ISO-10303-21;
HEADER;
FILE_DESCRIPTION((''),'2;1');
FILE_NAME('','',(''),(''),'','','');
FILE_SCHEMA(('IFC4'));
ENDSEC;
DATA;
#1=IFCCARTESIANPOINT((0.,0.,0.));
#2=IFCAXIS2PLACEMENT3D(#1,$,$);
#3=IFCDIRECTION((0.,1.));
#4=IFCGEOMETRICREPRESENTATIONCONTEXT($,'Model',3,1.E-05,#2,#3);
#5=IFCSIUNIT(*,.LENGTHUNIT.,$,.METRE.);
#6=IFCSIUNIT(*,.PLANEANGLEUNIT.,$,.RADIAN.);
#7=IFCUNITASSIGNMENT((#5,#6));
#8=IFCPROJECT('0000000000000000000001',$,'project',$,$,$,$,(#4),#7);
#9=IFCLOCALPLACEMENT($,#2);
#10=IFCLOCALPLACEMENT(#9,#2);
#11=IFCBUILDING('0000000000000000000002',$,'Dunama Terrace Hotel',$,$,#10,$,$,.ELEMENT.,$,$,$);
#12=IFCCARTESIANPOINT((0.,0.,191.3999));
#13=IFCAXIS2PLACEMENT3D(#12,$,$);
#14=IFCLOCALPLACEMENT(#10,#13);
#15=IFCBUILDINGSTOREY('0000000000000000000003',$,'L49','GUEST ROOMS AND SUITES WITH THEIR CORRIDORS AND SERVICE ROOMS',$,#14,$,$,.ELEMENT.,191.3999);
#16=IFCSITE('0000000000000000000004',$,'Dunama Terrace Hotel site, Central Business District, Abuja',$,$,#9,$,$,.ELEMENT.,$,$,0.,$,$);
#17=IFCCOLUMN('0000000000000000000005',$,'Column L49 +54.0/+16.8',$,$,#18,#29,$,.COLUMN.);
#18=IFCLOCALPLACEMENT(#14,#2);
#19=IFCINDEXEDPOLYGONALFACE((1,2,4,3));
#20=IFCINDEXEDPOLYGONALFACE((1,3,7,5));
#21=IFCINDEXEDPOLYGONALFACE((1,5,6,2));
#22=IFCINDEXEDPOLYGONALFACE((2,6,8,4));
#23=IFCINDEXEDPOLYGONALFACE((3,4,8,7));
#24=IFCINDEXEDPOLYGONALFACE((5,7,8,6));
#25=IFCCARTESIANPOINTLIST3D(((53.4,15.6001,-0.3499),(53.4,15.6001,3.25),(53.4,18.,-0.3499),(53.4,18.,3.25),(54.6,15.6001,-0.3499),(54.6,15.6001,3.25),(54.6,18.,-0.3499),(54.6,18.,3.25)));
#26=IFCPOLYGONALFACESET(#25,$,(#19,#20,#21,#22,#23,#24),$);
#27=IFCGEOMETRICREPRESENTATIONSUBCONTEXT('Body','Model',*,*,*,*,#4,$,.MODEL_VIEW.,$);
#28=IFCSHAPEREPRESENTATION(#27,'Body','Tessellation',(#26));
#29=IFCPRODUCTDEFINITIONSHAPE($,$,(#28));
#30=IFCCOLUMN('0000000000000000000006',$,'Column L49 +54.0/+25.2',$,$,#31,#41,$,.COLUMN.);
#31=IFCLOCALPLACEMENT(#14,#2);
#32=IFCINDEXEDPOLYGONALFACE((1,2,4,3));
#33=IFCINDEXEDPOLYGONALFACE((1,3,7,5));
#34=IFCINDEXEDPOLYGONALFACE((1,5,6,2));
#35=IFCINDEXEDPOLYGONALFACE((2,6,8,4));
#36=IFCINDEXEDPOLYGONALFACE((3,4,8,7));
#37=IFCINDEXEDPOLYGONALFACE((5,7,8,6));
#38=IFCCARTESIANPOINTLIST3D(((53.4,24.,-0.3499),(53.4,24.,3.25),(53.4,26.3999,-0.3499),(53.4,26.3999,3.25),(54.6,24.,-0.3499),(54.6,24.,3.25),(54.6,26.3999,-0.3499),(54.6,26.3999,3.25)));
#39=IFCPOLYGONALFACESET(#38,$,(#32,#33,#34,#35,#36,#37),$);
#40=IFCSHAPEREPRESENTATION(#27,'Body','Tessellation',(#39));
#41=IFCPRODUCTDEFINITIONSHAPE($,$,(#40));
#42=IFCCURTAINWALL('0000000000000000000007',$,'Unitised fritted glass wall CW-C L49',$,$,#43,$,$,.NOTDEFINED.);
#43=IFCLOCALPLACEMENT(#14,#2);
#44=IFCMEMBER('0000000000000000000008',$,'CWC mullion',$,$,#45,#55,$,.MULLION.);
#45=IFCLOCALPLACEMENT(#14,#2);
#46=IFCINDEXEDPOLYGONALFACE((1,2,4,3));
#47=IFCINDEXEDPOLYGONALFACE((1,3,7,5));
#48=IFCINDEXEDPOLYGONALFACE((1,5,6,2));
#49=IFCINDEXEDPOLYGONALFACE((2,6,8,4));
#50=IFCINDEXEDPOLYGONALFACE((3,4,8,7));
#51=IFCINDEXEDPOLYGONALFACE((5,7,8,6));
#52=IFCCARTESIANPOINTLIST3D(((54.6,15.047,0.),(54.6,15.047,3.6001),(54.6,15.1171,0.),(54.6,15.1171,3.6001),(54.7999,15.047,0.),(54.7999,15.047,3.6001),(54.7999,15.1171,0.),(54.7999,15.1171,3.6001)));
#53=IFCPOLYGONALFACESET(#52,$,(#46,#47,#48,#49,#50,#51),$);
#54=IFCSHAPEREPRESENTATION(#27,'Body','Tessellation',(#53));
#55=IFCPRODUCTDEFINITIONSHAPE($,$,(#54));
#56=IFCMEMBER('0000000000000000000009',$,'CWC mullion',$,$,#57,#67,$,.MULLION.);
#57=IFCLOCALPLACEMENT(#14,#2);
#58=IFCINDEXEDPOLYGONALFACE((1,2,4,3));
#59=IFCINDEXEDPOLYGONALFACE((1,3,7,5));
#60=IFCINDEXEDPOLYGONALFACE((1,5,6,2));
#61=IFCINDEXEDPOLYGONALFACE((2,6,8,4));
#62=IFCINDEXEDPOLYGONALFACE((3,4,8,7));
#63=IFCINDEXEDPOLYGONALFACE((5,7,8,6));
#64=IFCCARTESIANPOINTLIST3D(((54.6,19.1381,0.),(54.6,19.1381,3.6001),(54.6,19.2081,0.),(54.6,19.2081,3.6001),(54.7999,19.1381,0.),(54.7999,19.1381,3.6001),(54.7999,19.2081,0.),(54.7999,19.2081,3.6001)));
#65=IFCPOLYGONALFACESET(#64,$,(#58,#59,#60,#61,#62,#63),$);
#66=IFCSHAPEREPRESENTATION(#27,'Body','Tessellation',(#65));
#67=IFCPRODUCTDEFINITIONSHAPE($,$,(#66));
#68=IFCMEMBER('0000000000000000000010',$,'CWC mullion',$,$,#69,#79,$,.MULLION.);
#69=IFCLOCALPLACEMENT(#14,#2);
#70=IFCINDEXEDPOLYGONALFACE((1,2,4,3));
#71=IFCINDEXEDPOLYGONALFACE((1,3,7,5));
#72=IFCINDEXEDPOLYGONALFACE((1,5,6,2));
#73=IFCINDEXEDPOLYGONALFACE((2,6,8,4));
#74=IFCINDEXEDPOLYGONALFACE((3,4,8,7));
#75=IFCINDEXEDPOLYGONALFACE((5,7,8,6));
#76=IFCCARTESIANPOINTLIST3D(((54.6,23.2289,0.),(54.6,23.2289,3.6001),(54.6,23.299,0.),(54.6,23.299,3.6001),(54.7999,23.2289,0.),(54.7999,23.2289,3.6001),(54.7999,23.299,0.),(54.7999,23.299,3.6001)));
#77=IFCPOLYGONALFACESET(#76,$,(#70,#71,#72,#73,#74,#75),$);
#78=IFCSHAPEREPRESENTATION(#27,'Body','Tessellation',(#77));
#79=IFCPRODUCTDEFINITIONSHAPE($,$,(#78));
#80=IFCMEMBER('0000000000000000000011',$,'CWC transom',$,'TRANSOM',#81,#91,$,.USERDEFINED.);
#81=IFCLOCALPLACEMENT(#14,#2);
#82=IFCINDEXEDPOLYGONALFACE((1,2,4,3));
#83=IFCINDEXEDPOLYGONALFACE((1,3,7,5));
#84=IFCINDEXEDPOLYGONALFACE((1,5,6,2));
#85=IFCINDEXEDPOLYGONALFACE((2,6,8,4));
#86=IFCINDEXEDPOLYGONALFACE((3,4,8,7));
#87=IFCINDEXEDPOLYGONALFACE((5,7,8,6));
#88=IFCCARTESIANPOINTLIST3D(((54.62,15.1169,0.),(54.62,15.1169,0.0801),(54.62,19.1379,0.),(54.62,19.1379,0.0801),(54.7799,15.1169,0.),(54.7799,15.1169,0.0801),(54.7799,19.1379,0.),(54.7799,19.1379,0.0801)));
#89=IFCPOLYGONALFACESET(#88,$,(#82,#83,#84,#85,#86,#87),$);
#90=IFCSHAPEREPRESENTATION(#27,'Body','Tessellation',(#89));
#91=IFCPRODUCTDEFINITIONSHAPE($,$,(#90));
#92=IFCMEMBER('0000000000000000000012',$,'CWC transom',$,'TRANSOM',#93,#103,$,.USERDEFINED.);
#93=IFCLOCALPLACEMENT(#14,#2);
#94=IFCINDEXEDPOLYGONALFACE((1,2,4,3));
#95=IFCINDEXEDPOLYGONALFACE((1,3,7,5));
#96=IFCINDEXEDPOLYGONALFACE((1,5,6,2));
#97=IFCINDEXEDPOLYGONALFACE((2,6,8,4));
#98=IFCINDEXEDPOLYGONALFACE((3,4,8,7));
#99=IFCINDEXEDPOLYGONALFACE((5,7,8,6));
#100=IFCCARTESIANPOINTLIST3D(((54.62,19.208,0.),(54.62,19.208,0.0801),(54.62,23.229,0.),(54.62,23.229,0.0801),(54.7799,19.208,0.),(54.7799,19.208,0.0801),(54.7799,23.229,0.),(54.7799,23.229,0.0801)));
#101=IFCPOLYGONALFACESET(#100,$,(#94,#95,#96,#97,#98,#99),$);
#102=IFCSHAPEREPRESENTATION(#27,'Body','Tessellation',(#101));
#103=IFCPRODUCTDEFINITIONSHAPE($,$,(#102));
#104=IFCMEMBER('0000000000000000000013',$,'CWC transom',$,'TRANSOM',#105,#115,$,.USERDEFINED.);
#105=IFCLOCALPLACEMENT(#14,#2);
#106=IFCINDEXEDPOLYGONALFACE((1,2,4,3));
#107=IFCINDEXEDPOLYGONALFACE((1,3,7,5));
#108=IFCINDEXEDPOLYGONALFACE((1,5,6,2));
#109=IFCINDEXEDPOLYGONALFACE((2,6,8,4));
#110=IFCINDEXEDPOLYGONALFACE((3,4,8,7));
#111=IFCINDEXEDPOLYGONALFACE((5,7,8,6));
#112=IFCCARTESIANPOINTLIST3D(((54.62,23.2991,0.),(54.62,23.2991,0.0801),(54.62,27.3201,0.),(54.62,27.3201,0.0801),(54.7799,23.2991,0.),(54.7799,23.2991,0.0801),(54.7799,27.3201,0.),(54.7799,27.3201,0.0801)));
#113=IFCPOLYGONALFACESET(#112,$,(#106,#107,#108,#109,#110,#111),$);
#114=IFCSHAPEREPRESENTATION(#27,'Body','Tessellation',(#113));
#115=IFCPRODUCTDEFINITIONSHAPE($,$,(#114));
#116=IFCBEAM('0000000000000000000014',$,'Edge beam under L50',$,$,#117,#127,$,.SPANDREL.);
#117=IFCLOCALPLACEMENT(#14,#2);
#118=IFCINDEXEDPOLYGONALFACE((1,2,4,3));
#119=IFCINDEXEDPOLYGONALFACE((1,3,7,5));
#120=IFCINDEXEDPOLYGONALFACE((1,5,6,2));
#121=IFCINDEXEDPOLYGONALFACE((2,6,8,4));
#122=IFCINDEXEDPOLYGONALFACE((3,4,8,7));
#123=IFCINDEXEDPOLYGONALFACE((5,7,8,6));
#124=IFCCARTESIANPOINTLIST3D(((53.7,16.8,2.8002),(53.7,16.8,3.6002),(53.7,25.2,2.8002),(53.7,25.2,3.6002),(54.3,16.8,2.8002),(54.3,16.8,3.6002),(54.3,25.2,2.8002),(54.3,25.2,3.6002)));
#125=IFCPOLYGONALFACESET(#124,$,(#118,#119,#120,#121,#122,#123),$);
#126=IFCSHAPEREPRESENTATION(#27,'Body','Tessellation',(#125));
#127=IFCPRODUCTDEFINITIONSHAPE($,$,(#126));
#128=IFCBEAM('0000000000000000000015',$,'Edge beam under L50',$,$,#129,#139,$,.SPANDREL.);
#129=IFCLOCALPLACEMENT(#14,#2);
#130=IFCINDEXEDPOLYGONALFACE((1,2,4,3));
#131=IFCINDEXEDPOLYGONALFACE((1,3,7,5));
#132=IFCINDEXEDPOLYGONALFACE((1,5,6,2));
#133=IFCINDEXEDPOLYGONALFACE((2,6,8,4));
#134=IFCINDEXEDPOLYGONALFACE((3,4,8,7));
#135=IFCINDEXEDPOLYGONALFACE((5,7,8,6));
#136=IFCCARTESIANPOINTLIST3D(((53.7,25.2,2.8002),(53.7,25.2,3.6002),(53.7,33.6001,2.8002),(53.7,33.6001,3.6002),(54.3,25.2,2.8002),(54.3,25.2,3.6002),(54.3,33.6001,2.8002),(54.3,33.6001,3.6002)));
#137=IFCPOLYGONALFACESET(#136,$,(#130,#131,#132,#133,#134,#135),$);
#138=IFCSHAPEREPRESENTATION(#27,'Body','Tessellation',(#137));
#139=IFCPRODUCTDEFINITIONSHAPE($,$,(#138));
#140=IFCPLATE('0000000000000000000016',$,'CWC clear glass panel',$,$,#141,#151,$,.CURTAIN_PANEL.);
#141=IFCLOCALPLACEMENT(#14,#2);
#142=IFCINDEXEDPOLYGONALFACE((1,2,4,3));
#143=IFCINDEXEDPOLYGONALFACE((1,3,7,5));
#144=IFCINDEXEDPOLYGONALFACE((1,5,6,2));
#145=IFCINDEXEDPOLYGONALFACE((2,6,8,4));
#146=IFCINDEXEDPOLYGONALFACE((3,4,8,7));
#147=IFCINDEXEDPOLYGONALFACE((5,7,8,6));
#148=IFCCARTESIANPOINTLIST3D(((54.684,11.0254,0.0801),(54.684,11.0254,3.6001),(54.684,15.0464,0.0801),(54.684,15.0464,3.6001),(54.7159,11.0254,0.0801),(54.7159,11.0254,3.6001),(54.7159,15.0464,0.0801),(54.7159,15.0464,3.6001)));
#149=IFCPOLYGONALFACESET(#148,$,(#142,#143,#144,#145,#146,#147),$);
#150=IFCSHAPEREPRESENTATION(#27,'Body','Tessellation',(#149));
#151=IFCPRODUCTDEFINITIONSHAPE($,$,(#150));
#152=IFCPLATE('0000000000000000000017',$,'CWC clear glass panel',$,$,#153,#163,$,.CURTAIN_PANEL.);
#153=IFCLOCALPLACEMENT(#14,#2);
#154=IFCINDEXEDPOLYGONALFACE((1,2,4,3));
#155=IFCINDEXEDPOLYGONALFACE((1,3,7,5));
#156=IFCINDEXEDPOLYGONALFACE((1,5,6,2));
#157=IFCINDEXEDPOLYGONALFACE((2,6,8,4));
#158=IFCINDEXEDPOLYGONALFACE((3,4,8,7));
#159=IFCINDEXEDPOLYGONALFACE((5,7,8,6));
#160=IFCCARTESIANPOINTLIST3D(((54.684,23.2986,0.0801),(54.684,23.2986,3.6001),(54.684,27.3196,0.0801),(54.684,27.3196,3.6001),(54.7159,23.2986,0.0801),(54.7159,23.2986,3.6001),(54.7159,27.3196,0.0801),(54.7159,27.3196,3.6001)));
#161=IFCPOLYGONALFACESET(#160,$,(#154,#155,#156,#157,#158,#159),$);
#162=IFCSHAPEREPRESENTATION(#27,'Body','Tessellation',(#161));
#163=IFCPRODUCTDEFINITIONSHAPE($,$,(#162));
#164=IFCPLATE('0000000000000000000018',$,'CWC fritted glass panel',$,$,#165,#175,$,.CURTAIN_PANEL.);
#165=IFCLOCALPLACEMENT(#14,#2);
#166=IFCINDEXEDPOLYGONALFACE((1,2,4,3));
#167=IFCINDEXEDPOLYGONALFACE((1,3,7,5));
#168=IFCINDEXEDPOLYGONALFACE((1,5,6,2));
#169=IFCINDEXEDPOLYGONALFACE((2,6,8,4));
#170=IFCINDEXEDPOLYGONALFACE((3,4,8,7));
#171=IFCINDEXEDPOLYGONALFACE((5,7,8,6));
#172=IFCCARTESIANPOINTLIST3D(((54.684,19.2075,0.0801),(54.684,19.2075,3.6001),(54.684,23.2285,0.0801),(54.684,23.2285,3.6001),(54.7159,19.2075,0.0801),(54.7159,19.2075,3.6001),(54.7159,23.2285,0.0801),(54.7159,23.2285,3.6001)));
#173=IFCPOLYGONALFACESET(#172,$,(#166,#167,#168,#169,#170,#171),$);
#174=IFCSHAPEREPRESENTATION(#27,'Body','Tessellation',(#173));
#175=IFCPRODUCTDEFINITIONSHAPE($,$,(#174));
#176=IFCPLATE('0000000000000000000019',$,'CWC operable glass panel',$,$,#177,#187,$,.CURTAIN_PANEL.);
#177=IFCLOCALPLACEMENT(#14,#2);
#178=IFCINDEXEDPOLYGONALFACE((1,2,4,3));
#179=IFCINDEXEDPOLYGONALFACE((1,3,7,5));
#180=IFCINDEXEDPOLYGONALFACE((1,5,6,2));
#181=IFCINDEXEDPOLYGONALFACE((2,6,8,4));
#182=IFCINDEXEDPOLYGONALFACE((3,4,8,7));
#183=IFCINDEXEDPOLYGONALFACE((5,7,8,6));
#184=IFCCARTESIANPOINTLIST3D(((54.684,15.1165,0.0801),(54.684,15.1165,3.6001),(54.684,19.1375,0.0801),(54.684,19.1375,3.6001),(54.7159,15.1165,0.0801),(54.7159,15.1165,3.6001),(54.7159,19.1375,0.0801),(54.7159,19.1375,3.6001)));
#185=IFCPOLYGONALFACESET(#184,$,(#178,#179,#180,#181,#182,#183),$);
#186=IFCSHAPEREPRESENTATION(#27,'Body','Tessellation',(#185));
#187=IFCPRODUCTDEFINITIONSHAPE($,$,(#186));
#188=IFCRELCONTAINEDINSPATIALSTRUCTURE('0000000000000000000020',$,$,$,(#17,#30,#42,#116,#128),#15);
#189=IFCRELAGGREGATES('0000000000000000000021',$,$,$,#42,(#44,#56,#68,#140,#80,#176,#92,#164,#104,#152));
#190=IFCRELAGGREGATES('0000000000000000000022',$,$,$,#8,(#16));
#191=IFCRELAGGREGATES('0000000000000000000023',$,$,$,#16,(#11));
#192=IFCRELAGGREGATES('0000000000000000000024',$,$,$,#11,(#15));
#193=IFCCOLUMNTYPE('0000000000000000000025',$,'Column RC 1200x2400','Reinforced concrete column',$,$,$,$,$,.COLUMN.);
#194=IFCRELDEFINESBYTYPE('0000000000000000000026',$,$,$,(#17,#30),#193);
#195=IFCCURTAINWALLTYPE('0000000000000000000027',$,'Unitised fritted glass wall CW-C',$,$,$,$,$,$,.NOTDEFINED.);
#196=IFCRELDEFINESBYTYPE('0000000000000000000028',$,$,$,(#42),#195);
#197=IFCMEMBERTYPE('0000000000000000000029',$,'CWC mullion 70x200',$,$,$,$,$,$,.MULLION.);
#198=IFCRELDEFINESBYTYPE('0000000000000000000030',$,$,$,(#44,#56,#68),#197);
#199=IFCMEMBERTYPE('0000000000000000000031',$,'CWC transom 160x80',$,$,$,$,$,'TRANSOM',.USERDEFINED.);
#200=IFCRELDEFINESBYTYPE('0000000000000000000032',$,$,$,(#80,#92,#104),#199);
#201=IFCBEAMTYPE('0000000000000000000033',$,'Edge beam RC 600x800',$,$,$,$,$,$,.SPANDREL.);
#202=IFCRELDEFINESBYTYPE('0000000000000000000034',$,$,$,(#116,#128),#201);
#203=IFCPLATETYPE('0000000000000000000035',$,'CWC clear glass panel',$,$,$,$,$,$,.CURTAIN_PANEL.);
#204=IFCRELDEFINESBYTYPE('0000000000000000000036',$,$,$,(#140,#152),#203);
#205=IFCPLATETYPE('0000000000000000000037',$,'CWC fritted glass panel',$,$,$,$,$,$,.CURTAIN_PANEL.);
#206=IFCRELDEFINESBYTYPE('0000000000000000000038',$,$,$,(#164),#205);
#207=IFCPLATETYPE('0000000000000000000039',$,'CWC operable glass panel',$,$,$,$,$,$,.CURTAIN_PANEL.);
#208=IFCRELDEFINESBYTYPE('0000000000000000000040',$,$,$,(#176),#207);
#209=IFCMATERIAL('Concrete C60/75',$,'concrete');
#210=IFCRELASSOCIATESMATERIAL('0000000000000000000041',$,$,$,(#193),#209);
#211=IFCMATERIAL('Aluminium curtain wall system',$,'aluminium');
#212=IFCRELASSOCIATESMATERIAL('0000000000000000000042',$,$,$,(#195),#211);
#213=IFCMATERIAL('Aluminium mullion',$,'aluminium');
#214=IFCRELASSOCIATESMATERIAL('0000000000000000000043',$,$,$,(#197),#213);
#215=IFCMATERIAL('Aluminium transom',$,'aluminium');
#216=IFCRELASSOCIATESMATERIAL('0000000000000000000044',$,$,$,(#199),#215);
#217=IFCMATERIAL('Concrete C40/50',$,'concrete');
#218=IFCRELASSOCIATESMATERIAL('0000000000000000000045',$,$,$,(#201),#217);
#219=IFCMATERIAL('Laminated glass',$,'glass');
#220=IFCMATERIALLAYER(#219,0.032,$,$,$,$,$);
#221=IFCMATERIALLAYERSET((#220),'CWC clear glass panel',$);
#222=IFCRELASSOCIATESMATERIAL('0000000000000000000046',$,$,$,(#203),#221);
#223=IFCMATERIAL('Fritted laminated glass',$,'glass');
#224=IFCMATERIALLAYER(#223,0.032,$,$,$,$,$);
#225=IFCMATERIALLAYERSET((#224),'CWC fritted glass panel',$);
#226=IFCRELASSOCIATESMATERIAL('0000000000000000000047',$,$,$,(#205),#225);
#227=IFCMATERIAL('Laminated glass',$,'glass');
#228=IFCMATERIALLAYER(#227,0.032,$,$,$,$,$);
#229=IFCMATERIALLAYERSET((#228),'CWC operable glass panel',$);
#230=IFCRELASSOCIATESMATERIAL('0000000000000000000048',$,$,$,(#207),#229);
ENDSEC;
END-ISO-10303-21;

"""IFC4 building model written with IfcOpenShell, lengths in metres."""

from ifc_helpers import new_model, si_unit, direction, frame, origin, origin_2d, place, context, subcontext, project, spatial, rectangle, extrude, material, layer, layer_set, material_profile, profile_set, type_object, element, aggregate, save


model = new_model("IFC4")

# Units and contexts
model_context = context("Model", 3, precision=1e-05, world=origin(), true_north=direction((0.0, 1.0)))
body_context = subcontext(model_context, "Body", "Model", "MODEL_VIEW")
ifc_project = project(units=[si_unit("LENGTHUNIT", "METRE"), si_unit("PLANEANGLEUNIT", "RADIAN")], contexts=[model_context])

# Site, building, storey
site_placement = place(None, origin())
site = spatial("IfcSite", under=ifc_project, at=site_placement, Name="Dunama Terrace Hotel site, Central Business District, Abuja", CompositionType="ELEMENT", RefElevation=0.0)
building_placement = place(site_placement, origin())
building = spatial("IfcBuilding", under=site, at=building_placement, Name="Dunama Terrace Hotel", CompositionType="ELEMENT")
storey_placement = place(building_placement, frame((0.0, 0.0, 191.3999)))
storey = spatial("IfcBuildingStorey", under=building, at=storey_placement, Name="L49", Description="GUEST ROOMS AND SUITES WITH THEIR CORRIDORS AND SERVICE ROOMS", CompositionType="ELEMENT", Elevation=191.3999)

# Columns
ifc_material_1 = material(Name="Concrete C60/75", Category="concrete")
ifc_material_profile_1 = material_profile(ifc_material_1, rectangle(XDim=1.2, YDim=2.3999, at=origin_2d()), Name="RC 1200x2400")
ifc_profile_set_1 = profile_set([ifc_material_profile_1], Name="Concrete C60/75")
column_type = type_object("IfcColumnType", Name="Column RC 1200x2400", Description="Reinforced concrete column", PredefinedType="COLUMN", material=ifc_profile_set_1)
for number, where, z_axis, x_axis, name in (
    (1, (54.0, 16.8, -0.3499), (0.0, 0.0, 1.0), (1.0, 0.0, 0.0), "Column L49 +54.0/+16.8"),
    (2, (54.0, 25.2, -0.3499), (0.0, 0.0, 1.0), (1.0, 0.0, 0.0), "Column L49 +54.0/+25.2"),
):
    element("IfcColumn", number, at=place(storey_placement, frame(where, z_axis=z_axis, x_axis=x_axis)), inside=storey, type_object=column_type, Name=name, PredefinedType="COLUMN", context=body_context, shape_type="SweptSolid", body=[
        extrude(rectangle(XDim=1.2, YDim=2.3999, at=origin_2d()), origin(), (0.0, 0.0, 1.0), 3.5999),
    ])

# Curtain wall, members
ifc_material_2 = material(Name="Aluminium curtain wall system", Category="aluminium")
curtain_wall_type = type_object("IfcCurtainWallType", Name="Unitised fritted glass wall CW-C", PredefinedType="NOTDEFINED", material=ifc_material_2)
curtain_wall_placement = place(storey_placement, origin())
curtain_wall = element("IfcCurtainWall", 3, at=curtain_wall_placement, inside=storey, type_object=curtain_wall_type, Name="Unitised fritted glass wall CW-C L49", PredefinedType="NOTDEFINED")
ifc_material_3 = material(Name="Aluminium mullion", Category="aluminium")
ifc_material_profile_2 = material_profile(ifc_material_3, rectangle(XDim=0.0701, YDim=0.2, at=origin_2d()), Name="CWC MULLION 70X200")
ifc_profile_set_2 = profile_set([ifc_material_profile_2], Name="Aluminium mullion")
member_type_1 = type_object("IfcMemberType", Name="CWC mullion 70x200", PredefinedType="MULLION", material=ifc_profile_set_2)
member_1_placement = place(storey_placement, frame((54.7, 15.082, 0.0), z_axis=(0.0, 0.0, 1.0), x_axis=(0.0, 1.0, 0.0)))
member_1 = element("IfcMember", 4, at=member_1_placement, type_object=member_type_1, Name="CWC mullion", PredefinedType="MULLION", context=body_context, shape_type="SweptSolid", body=[
    extrude(rectangle(XDim=0.0701, YDim=0.2, at=origin_2d()), origin(), (0.0, 0.0, 1.0), 3.6001),
])
member_2_placement = place(storey_placement, frame((54.7, 19.1731, 0.0), z_axis=(0.0, 0.0, 1.0), x_axis=(0.0, 1.0, 0.0)))
member_2 = element("IfcMember", 5, at=member_2_placement, type_object=member_type_1, Name="CWC mullion", PredefinedType="MULLION", context=body_context, shape_type="SweptSolid", body=[
    extrude(rectangle(XDim=0.0701, YDim=0.2, at=origin_2d()), origin(), (0.0, 0.0, 1.0), 3.6001),
])
member_3_placement = place(storey_placement, frame((54.7, 23.2639, 0.0), z_axis=(0.0, 0.0, 1.0), x_axis=(0.0, 1.0, 0.0)))
member_3 = element("IfcMember", 6, at=member_3_placement, type_object=member_type_1, Name="CWC mullion", PredefinedType="MULLION", context=body_context, shape_type="SweptSolid", body=[
    extrude(rectangle(XDim=0.0701, YDim=0.2, at=origin_2d()), origin(), (0.0, 0.0, 1.0), 3.6001),
])
ifc_material_4 = material(Name="Aluminium transom", Category="aluminium")
ifc_material_profile_3 = material_profile(ifc_material_4, rectangle(XDim=0.1599, YDim=0.0801, at=origin_2d()), Name="CWC TRANSOM 160X80")
ifc_profile_set_3 = profile_set([ifc_material_profile_3], Name="Aluminium transom")
member_type_2 = type_object("IfcMemberType", Name="CWC transom 160x80", ElementType="TRANSOM", PredefinedType="USERDEFINED", material=ifc_profile_set_3)
member_4_placement = place(storey_placement, frame((54.7, 15.1169, 0.04), z_axis=(0.0, 1.0, 0.0), x_axis=(-1.0, 0.0, 0.0)))
member_4 = element("IfcMember", 7, at=member_4_placement, type_object=member_type_2, Name="CWC transom", ObjectType="TRANSOM", PredefinedType="USERDEFINED", context=body_context, shape_type="SweptSolid", body=[
    extrude(rectangle(XDim=0.1599, YDim=0.0801, at=origin_2d()), origin(), (0.0, 0.0, 1.0), 4.021),
])
member_5_placement = place(storey_placement, frame((54.7, 19.208, 0.04), z_axis=(0.0, 1.0, 0.0), x_axis=(-1.0, 0.0, 0.0)))
member_5 = element("IfcMember", 8, at=member_5_placement, type_object=member_type_2, Name="CWC transom", ObjectType="TRANSOM", PredefinedType="USERDEFINED", context=body_context, shape_type="SweptSolid", body=[
    extrude(rectangle(XDim=0.1599, YDim=0.0801, at=origin_2d()), origin(), (0.0, 0.0, 1.0), 4.021),
])
member_6_placement = place(storey_placement, frame((54.7, 23.2991, 0.04), z_axis=(0.0, 1.0, 0.0), x_axis=(-1.0, 0.0, 0.0)))
member_6 = element("IfcMember", 9, at=member_6_placement, type_object=member_type_2, Name="CWC transom", ObjectType="TRANSOM", PredefinedType="USERDEFINED", context=body_context, shape_type="SweptSolid", body=[
    extrude(rectangle(XDim=0.1599, YDim=0.0801, at=origin_2d()), origin(), (0.0, 0.0, 1.0), 4.021),
])

# Beams
ifc_material_5 = material(Name="Concrete C40/50", Category="concrete")
ifc_material_profile_4 = material_profile(ifc_material_5, rectangle(XDim=0.6001, YDim=0.8, at=origin_2d()), Name="RC 600x800")
ifc_profile_set_4 = profile_set([ifc_material_profile_4], Name="Concrete C40/50")
beam_type = type_object("IfcBeamType", Name="Edge beam RC 600x800", PredefinedType="SPANDREL", material=ifc_profile_set_4)
beam_1_placement = place(storey_placement, frame((54.0, 16.8, 3.2002), z_axis=(0.0, 1.0, 0.0), x_axis=(-1.0, 0.0, 0.0)))
element("IfcBeam", 10, at=beam_1_placement, inside=storey, type_object=beam_type, Name="Edge beam under L50", PredefinedType="SPANDREL", context=body_context, shape_type="SweptSolid", body=[
    extrude(rectangle(XDim=0.6001, YDim=0.8, at=origin_2d()), origin(), (0.0, 0.0, 1.0), 8.3999),
])
beam_2_placement = place(storey_placement, frame((54.0, 25.2, 3.2002), z_axis=(0.0, 1.0, 0.0), x_axis=(-1.0, 0.0, 0.0)))
element("IfcBeam", 11, at=beam_2_placement, inside=storey, type_object=beam_type, Name="Edge beam under L50", PredefinedType="SPANDREL", context=body_context, shape_type="SweptSolid", body=[
    extrude(rectangle(XDim=0.6001, YDim=0.8, at=origin_2d()), origin(), (0.0, 0.0, 1.0), 8.4001),
])

# Plates
ifc_material_6 = material(Name="Laminated glass", Category="glass")
ifc_layer_1 = layer(ifc_material_6, 0.032)
ifc_layer_set_1 = layer_set([ifc_layer_1], Name="CWC clear glass panel")
plate_type_1 = type_object("IfcPlateType", Name="CWC clear glass panel", PredefinedType="CURTAIN_PANEL", material=ifc_layer_set_1)
plate_1_placement = place(storey_placement, frame((54.7, 13.0359, 0.0801), z_axis=(0.0, 0.0, 1.0), x_axis=(0.0, 1.0, 0.0)))
plate_1 = element("IfcPlate", 12, at=plate_1_placement, type_object=plate_type_1, Name="CWC clear glass panel", PredefinedType="CURTAIN_PANEL", context=body_context, shape_type="SweptSolid", body=[
    extrude(rectangle(XDim=4.021, YDim=0.032, at=origin_2d()), origin(), (0.0, 0.0, 1.0), 3.52),
])
plate_2_placement = place(storey_placement, frame((54.7, 25.3091, 0.0801), z_axis=(0.0, 0.0, 1.0), x_axis=(0.0, 1.0, 0.0)))
plate_2 = element("IfcPlate", 13, at=plate_2_placement, type_object=plate_type_1, Name="CWC clear glass panel", PredefinedType="CURTAIN_PANEL", context=body_context, shape_type="SweptSolid", body=[
    extrude(rectangle(XDim=4.021, YDim=0.032, at=origin_2d()), origin(), (0.0, 0.0, 1.0), 3.52),
])
ifc_material_7 = material(Name="Fritted laminated glass", Category="glass")
ifc_layer_2 = layer(ifc_material_7, 0.032)
ifc_layer_set_2 = layer_set([ifc_layer_2], Name="CWC fritted glass panel")
plate_type_2 = type_object("IfcPlateType", Name="CWC fritted glass panel", PredefinedType="CURTAIN_PANEL", material=ifc_layer_set_2)
plate_3_placement = place(storey_placement, frame((54.7, 21.218, 0.0801), z_axis=(0.0, 0.0, 1.0), x_axis=(0.0, 1.0, 0.0)))
plate_3 = element("IfcPlate", 14, at=plate_3_placement, type_object=plate_type_2, Name="CWC fritted glass panel", PredefinedType="CURTAIN_PANEL", context=body_context, shape_type="SweptSolid", body=[
    extrude(rectangle(XDim=4.021, YDim=0.032, at=origin_2d()), origin(), (0.0, 0.0, 1.0), 3.52),
])
ifc_material_8 = material(Name="Laminated glass", Category="glass")
ifc_layer_3 = layer(ifc_material_8, 0.032)
ifc_layer_set_3 = layer_set([ifc_layer_3], Name="CWC operable glass panel")
plate_type_3 = type_object("IfcPlateType", Name="CWC operable glass panel", PredefinedType="CURTAIN_PANEL", material=ifc_layer_set_3)
plate_4_placement = place(storey_placement, frame((54.7, 17.127, 0.0801), z_axis=(0.0, 0.0, 1.0), x_axis=(0.0, 1.0, 0.0)))
plate_4 = element("IfcPlate", 15, at=plate_4_placement, type_object=plate_type_3, Name="CWC operable glass panel", PredefinedType="CURTAIN_PANEL", context=body_context, shape_type="SweptSolid", body=[
    extrude(rectangle(XDim=4.021, YDim=0.032, at=origin_2d()), origin(), (0.0, 0.0, 1.0), 3.52),
])
aggregate(curtain_wall, [member_1, member_2, member_3, plate_1, member_4, plate_4, member_5, plate_3, member_6, plate_2])

save(model, "model.ifc")
